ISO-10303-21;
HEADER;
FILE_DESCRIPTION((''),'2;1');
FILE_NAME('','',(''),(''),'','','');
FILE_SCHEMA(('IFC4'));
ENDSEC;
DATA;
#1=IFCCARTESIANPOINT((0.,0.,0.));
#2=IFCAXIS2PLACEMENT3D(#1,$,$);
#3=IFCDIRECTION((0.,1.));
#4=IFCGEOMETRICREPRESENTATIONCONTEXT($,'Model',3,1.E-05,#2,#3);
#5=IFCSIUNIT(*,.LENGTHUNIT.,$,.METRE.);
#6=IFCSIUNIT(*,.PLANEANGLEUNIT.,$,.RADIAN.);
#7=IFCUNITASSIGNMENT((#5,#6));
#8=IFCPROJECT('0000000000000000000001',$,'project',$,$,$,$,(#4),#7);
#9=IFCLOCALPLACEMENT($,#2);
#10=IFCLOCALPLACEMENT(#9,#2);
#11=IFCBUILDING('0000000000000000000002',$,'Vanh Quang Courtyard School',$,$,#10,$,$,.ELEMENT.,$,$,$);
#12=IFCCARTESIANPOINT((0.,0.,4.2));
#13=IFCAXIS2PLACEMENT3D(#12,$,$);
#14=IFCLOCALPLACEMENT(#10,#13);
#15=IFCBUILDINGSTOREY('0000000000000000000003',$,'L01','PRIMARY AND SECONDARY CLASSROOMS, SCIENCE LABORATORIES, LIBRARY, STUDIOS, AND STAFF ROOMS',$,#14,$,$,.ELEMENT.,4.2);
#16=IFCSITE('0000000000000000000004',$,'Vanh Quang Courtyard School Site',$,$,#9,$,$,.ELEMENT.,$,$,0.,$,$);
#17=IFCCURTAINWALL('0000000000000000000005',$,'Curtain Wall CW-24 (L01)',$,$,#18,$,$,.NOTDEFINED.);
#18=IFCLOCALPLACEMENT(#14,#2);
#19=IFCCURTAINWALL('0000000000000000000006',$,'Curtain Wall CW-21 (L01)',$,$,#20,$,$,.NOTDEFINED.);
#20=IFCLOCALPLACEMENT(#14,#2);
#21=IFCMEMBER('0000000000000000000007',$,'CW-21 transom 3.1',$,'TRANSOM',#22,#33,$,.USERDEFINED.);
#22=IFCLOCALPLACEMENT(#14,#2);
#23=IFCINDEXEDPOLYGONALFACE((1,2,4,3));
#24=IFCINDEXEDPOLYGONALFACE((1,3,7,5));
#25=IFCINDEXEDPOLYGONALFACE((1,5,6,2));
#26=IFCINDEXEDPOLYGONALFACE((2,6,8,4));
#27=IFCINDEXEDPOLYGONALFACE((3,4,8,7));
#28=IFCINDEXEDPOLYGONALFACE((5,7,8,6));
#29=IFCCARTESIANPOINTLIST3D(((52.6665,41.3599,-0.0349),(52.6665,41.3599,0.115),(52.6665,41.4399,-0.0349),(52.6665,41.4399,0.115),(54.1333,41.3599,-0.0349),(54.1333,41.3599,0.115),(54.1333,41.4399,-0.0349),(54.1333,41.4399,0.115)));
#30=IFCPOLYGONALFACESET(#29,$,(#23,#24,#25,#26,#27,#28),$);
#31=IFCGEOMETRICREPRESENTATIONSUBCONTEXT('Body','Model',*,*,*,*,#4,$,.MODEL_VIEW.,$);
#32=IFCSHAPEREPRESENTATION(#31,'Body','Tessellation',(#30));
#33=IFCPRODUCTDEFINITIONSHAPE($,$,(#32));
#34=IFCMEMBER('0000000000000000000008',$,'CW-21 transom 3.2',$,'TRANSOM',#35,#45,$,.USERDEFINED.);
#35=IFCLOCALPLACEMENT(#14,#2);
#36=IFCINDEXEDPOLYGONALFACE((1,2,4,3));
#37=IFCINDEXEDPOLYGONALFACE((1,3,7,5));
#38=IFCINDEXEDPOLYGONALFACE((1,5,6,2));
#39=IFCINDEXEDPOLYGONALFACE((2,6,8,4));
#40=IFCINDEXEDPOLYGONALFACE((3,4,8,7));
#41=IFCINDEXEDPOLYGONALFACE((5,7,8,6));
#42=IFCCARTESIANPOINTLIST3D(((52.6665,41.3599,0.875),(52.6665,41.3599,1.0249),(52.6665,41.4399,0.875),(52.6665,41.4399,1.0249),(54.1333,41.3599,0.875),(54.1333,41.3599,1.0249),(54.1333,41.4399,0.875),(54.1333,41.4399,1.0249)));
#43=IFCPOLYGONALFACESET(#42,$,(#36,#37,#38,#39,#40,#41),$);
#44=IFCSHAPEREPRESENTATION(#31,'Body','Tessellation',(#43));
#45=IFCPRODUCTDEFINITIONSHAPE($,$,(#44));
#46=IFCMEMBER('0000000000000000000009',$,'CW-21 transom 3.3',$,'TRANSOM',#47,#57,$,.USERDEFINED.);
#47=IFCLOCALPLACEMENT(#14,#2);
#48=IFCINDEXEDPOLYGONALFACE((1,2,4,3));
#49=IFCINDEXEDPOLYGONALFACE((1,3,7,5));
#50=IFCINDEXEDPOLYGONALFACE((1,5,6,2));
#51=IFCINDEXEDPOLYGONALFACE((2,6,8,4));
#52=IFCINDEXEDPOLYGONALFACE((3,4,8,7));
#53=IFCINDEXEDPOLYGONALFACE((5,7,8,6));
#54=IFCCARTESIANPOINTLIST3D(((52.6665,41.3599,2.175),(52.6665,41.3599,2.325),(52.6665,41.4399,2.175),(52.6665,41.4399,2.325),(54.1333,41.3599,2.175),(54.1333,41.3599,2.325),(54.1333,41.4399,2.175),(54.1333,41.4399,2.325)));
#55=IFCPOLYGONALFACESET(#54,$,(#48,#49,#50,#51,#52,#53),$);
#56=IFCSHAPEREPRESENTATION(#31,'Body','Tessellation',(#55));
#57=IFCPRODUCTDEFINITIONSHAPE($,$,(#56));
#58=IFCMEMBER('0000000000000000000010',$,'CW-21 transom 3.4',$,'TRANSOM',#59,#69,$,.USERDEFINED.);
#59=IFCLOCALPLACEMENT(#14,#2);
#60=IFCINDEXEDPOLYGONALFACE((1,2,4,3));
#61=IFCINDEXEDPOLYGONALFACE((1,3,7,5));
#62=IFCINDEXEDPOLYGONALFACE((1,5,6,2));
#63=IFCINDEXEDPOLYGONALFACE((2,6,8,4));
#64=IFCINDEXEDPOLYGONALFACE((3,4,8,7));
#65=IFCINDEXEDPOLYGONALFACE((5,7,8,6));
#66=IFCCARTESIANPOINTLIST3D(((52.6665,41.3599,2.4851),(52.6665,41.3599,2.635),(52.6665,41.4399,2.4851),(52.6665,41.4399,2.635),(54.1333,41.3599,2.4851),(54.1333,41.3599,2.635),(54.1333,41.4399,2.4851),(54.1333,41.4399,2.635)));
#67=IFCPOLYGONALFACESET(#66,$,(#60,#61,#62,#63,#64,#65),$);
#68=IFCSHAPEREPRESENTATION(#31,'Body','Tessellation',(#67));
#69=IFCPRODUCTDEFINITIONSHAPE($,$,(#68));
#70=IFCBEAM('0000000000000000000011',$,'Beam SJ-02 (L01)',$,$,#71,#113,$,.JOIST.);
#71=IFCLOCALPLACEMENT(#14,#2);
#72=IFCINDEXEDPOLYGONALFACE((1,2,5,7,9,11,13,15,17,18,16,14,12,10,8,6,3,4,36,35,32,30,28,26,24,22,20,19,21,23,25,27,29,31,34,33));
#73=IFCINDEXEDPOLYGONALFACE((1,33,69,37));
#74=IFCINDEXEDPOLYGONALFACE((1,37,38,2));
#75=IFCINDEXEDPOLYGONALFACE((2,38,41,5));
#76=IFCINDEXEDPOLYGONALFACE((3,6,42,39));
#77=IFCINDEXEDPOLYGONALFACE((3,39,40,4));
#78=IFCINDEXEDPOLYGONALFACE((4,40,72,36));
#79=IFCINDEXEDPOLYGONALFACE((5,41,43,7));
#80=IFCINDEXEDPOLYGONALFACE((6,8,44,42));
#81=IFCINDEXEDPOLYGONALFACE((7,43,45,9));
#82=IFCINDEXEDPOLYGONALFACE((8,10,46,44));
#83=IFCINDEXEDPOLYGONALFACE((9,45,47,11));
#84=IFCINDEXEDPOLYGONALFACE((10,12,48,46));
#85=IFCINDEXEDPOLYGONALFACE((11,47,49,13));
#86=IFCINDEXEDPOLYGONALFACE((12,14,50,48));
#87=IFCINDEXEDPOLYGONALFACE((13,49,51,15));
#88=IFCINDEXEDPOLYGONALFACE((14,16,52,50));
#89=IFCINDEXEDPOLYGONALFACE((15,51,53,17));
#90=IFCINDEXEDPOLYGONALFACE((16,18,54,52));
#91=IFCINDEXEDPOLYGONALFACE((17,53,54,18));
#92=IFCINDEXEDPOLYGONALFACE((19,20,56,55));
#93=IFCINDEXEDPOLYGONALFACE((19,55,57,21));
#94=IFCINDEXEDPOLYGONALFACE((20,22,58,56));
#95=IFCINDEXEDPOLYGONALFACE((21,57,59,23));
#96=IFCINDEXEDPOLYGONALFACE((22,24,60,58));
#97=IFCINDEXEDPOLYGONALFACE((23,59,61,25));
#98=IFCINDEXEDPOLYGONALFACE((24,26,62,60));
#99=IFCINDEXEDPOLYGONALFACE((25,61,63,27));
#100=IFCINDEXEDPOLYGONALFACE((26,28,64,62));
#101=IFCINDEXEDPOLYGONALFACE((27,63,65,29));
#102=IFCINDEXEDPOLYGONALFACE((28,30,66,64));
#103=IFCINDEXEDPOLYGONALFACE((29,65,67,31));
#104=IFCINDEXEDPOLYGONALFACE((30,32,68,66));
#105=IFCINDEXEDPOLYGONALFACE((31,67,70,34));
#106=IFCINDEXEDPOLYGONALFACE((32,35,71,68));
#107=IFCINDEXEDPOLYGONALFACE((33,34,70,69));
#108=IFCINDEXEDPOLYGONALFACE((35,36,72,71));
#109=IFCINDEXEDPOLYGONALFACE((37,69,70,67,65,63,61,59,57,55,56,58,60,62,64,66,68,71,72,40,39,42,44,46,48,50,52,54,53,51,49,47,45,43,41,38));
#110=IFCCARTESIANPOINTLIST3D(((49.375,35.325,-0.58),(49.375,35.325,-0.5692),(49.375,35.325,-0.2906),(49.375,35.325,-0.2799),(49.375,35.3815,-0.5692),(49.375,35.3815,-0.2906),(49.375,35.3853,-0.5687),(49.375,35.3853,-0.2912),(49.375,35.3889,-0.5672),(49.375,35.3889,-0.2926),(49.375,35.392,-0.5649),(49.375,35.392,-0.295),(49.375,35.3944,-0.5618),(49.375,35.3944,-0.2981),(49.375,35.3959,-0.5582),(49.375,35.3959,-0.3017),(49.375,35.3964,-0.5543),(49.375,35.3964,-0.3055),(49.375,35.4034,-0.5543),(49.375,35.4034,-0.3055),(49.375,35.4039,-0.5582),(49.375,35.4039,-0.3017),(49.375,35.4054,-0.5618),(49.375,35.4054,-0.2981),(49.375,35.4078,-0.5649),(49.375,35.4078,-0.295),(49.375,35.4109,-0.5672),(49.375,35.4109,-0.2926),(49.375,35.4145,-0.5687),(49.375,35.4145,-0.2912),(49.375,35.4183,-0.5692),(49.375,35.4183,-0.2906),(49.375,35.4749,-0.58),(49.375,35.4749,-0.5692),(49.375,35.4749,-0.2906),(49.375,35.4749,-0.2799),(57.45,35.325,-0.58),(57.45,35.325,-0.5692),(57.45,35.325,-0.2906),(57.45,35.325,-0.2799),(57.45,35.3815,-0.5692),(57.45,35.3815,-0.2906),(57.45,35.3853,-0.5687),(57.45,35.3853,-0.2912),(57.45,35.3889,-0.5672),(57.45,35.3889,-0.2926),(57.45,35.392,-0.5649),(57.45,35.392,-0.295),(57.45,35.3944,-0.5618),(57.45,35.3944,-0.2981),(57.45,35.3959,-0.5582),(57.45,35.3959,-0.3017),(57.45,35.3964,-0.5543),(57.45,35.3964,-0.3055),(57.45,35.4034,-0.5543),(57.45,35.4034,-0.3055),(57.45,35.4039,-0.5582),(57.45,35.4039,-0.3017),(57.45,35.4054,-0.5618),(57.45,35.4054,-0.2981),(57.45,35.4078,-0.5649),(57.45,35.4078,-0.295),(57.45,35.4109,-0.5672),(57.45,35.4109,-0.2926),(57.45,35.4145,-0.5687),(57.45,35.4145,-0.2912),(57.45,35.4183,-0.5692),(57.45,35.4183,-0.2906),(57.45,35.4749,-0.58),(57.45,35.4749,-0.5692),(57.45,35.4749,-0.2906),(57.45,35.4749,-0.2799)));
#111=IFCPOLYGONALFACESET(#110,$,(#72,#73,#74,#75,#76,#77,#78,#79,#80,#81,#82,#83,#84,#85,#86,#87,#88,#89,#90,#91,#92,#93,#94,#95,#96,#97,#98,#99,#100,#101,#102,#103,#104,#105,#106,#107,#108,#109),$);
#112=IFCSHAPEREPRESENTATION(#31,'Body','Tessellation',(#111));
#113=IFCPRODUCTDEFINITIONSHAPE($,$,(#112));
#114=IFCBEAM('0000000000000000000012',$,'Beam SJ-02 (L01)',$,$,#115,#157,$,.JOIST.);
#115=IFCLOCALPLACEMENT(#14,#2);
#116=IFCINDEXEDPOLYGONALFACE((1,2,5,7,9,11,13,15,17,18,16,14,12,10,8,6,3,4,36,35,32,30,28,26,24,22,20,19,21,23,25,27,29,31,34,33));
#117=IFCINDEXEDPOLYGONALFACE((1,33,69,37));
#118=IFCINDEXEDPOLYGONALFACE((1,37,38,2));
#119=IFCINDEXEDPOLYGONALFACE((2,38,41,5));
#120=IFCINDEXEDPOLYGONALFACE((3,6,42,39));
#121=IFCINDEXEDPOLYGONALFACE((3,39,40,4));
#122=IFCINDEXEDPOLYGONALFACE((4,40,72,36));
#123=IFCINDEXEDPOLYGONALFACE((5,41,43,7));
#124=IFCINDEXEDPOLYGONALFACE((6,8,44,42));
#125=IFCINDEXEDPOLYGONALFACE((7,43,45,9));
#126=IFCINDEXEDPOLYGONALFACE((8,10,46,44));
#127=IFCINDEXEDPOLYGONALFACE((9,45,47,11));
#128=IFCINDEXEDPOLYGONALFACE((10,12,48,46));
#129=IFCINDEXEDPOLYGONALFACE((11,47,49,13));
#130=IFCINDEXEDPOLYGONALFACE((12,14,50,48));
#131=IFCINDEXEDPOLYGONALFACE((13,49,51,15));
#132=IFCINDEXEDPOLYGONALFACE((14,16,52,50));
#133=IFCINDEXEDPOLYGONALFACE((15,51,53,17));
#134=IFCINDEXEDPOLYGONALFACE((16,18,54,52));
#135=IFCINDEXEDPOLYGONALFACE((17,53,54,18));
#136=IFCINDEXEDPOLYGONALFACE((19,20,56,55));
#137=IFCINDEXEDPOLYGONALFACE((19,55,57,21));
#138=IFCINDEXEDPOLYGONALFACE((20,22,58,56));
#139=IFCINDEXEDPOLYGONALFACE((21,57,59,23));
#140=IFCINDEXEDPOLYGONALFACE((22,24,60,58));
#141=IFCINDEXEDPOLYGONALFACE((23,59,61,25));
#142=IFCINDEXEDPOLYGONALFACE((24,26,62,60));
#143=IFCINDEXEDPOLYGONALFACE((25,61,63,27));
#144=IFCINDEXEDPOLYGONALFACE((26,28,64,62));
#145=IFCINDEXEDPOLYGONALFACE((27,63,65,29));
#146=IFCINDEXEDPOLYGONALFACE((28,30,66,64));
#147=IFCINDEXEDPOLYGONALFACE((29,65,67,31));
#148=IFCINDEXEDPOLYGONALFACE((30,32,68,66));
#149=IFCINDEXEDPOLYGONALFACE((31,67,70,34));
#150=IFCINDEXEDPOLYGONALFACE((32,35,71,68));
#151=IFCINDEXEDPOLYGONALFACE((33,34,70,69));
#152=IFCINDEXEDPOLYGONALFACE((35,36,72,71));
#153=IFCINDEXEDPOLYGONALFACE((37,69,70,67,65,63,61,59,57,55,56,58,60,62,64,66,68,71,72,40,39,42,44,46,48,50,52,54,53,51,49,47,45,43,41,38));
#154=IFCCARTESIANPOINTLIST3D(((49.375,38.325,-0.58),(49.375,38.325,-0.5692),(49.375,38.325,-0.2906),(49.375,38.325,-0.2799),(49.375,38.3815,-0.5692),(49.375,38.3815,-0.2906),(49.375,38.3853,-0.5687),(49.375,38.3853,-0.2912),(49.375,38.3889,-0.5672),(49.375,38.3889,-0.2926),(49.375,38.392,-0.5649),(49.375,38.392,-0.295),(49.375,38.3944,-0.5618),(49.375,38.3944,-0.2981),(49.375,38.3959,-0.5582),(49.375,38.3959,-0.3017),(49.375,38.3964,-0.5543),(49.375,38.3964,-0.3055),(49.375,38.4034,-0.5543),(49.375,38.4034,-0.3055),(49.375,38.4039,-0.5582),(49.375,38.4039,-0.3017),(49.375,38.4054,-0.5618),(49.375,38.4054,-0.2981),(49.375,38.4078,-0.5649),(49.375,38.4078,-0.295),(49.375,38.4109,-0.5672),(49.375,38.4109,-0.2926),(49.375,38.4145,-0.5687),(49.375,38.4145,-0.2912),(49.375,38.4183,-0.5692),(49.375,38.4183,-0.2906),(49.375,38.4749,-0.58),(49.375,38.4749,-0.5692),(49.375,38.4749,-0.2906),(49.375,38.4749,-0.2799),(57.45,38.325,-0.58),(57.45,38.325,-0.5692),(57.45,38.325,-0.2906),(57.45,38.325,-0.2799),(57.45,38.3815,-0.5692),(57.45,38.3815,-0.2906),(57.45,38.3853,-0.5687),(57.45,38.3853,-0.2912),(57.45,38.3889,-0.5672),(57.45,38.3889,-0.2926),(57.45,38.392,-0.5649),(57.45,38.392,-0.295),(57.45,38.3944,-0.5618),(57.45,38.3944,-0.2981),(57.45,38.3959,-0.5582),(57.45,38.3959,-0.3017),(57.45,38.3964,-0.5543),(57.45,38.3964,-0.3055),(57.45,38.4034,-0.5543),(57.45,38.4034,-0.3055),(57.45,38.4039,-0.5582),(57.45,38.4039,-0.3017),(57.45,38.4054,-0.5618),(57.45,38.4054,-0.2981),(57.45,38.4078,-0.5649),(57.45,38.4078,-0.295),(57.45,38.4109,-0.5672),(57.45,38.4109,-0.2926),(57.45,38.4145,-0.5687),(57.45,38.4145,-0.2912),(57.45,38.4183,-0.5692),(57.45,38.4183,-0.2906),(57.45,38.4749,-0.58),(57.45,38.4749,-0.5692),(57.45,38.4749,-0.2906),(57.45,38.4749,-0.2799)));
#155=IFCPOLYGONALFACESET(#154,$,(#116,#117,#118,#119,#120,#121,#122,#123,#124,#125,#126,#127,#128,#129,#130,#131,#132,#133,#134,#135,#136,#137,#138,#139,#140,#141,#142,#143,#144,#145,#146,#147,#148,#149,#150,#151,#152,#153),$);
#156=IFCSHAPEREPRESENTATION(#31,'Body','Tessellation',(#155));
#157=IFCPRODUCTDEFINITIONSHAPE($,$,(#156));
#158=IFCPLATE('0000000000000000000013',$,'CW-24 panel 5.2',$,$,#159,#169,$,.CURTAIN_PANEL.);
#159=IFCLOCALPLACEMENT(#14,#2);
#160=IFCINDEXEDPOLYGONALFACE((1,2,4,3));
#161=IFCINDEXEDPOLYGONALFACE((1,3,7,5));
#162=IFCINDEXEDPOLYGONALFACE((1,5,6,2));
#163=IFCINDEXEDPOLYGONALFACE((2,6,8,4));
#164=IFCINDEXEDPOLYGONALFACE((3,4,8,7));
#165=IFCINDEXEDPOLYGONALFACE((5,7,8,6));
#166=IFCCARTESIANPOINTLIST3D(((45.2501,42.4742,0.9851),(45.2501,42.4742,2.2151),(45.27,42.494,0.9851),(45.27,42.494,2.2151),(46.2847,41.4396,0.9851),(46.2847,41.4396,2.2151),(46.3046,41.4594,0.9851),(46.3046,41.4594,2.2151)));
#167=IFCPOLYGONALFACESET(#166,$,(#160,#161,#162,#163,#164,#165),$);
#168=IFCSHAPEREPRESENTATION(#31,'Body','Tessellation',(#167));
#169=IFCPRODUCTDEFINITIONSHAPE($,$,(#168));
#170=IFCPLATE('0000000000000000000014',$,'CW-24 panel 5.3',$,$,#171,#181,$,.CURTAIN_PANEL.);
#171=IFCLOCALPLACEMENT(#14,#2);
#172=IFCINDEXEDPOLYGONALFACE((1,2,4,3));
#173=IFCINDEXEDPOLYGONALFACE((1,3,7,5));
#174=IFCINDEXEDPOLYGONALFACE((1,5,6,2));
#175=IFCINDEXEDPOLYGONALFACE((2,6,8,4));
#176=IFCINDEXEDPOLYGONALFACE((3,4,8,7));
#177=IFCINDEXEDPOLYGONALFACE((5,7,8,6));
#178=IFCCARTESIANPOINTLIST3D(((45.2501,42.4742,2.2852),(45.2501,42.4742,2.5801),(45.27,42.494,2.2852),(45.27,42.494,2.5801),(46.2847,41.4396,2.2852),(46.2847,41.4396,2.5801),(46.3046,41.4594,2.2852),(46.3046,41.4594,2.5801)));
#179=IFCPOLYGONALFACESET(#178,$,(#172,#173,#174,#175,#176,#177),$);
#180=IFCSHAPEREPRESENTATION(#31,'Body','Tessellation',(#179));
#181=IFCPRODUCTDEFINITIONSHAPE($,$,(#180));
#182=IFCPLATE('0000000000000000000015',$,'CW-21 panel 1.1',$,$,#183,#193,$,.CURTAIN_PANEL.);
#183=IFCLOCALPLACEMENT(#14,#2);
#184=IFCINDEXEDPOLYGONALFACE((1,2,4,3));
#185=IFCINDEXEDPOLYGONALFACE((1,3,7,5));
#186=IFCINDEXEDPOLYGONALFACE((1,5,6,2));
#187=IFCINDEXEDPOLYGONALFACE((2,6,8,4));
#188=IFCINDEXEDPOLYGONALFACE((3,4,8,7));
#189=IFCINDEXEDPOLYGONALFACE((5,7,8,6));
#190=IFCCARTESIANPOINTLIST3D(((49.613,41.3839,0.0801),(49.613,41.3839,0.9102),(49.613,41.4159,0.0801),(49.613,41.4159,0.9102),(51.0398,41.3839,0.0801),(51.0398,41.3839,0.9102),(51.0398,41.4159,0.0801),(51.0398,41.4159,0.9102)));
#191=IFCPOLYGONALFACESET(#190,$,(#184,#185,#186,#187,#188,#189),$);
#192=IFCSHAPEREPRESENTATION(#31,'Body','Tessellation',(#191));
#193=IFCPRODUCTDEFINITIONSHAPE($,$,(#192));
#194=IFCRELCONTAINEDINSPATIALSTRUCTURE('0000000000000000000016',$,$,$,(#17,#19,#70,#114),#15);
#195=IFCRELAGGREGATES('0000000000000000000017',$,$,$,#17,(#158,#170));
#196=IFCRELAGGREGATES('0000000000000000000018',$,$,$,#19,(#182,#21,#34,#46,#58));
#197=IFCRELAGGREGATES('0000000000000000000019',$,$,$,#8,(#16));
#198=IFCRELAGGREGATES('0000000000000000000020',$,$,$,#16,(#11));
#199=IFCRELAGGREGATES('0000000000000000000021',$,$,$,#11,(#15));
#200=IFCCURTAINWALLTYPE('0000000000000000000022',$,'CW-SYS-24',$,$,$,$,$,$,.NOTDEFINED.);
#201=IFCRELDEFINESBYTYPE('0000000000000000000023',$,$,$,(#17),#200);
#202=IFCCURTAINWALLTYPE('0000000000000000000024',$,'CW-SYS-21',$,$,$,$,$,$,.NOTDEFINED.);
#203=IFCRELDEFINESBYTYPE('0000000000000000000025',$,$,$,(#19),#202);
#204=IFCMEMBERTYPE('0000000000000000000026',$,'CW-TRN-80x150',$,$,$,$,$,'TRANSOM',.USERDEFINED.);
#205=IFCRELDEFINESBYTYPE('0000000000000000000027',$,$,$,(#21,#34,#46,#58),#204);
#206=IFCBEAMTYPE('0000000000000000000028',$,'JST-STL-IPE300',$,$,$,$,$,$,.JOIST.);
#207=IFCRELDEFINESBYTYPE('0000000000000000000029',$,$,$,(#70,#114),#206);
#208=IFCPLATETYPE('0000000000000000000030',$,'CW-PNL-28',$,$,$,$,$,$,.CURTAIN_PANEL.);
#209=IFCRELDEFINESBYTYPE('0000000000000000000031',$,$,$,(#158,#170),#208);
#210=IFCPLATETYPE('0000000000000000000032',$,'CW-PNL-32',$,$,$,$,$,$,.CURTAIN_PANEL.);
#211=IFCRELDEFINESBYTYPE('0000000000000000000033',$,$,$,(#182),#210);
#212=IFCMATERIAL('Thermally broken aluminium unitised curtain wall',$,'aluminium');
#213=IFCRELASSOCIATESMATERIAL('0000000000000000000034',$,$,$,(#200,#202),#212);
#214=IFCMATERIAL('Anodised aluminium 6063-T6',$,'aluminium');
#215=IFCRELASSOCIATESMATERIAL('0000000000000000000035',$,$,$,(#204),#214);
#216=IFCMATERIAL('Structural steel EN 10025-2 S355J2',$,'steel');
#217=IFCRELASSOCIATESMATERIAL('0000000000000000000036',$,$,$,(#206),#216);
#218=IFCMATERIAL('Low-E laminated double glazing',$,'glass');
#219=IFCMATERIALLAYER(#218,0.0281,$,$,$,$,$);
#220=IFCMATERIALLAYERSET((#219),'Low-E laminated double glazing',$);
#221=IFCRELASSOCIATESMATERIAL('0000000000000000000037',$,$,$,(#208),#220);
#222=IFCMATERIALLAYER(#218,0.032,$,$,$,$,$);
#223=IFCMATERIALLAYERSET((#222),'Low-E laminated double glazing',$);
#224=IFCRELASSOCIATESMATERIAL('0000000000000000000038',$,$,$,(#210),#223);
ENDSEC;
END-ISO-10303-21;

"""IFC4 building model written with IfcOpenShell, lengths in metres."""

from ifc_helpers import new_model, si_unit, direction, frame, origin, origin_2d, place, context, subcontext, project, spatial, rectangle, i_section, extrude, material, layer, layer_set, material_profile, profile_set, type_object, element, aggregate, save


model = new_model("IFC4")

# Units and contexts
model_context = context("Model", 3, precision=1e-05, world=origin(), true_north=direction((0.0, 1.0)))
body_context = subcontext(model_context, "Body", "Model", "MODEL_VIEW")
ifc_project = project(units=[si_unit("LENGTHUNIT", "METRE"), si_unit("PLANEANGLEUNIT", "RADIAN")], contexts=[model_context])

# Site, building, storey
site_placement = place(None, origin())
site = spatial("IfcSite", under=ifc_project, at=site_placement, Name="Vanh Quang Courtyard School Site", CompositionType="ELEMENT", RefElevation=0.0)
building_placement = place(site_placement, origin())
building = spatial("IfcBuilding", under=site, at=building_placement, Name="Vanh Quang Courtyard School", CompositionType="ELEMENT")
storey_placement = place(building_placement, frame((0.0, 0.0, 4.2)))
storey = spatial("IfcBuildingStorey", under=building, at=storey_placement, Name="L01", Description="PRIMARY AND SECONDARY CLASSROOMS, SCIENCE LABORATORIES, LIBRARY, STUDIOS, AND STAFF ROOMS", CompositionType="ELEMENT", Elevation=4.2)

# Curtain wall
ifc_material_1 = material(Name="Thermally broken aluminium unitised curtain wall", Category="aluminium")
curtain_wall_type_1 = type_object("IfcCurtainWallType", Name="CW-SYS-24", PredefinedType="NOTDEFINED", material=ifc_material_1)
curtain_wall_1_placement = place(storey_placement, origin())
curtain_wall_1 = element("IfcCurtainWall", 1, at=curtain_wall_1_placement, inside=storey, type_object=curtain_wall_type_1, Name="Curtain Wall CW-24 (L01)", PredefinedType="NOTDEFINED")
ifc_material_2 = material(Name="Anodised aluminium 6063-T6", Category="aluminium")

# Curtain wall, members
curtain_wall_type_2 = type_object("IfcCurtainWallType", Name="CW-SYS-21", PredefinedType="NOTDEFINED", material=ifc_material_1)
curtain_wall_2_placement = place(storey_placement, origin())
curtain_wall_2 = element("IfcCurtainWall", 2, at=curtain_wall_2_placement, inside=storey, type_object=curtain_wall_type_2, Name="Curtain Wall CW-21 (L01)", PredefinedType="NOTDEFINED")
ifc_material_profile_1 = material_profile(ifc_material_2, rectangle(XDim=0.0801, YDim=0.1499, at=origin_2d()), Name="ALU-TRN 80x150")
ifc_profile_set_1 = profile_set([ifc_material_profile_1], Name="Anodised aluminium 6063-T6")
member_type_1 = type_object("IfcMemberType", Name="CW-TRN-80x150", ElementType="TRANSOM", PredefinedType="USERDEFINED", material=ifc_profile_set_1)
member_1_placement = place(storey_placement, frame((52.6665, 41.3999, 0.04), z_axis=(1.0, 0.0, 0.0), x_axis=(0.0, 1.0, 0.0)))
member_1 = element("IfcMember", 3, at=member_1_placement, type_object=member_type_1, Name="CW-21 transom 3.1", ObjectType="TRANSOM", PredefinedType="USERDEFINED", context=body_context, shape_type="SweptSolid", body=[
    extrude(rectangle(XDim=0.0801, YDim=0.1499, at=origin_2d()), origin(), (0.0, 0.0, 1.0), 1.4668),
])
member_2_placement = place(storey_placement, frame((52.6665, 41.3999, 0.95), z_axis=(1.0, 0.0, 0.0), x_axis=(0.0, 1.0, 0.0)))
member_2 = element("IfcMember", 4, at=member_2_placement, type_object=member_type_1, Name="CW-21 transom 3.2", ObjectType="TRANSOM", PredefinedType="USERDEFINED", context=body_context, shape_type="SweptSolid", body=[
    extrude(rectangle(XDim=0.0801, YDim=0.1499, at=origin_2d()), origin(), (0.0, 0.0, 1.0), 1.4668),
])
member_3_placement = place(storey_placement, frame((52.6665, 41.3999, 2.25), z_axis=(1.0, 0.0, 0.0), x_axis=(0.0, 1.0, 0.0)))
member_3 = element("IfcMember", 5, at=member_3_placement, type_object=member_type_1, Name="CW-21 transom 3.3", ObjectType="TRANSOM", PredefinedType="USERDEFINED", context=body_context, shape_type="SweptSolid", body=[
    extrude(rectangle(XDim=0.0801, YDim=0.1499, at=origin_2d()), origin(), (0.0, 0.0, 1.0), 1.4668),
])
member_4_placement = place(storey_placement, frame((52.6665, 41.3999, 2.5601), z_axis=(1.0, 0.0, 0.0), x_axis=(0.0, 1.0, 0.0)))
member_4 = element("IfcMember", 6, at=member_4_placement, type_object=member_type_1, Name="CW-21 transom 3.4", ObjectType="TRANSOM", PredefinedType="USERDEFINED", context=body_context, shape_type="SweptSolid", body=[
    extrude(rectangle(XDim=0.0801, YDim=0.1499, at=origin_2d()), origin(), (0.0, 0.0, 1.0), 1.4668),
])

# Beams
ifc_material_3 = material(Name="Structural steel EN 10025-2 S355J2", Category="steel")
ifc_material_profile_2 = material_profile(ifc_material_3, i_section(OverallWidth=0.1499, OverallDepth=0.3, WebThickness=0.0071, FlangeThickness=0.0107, FilletRadius=0.0149, at=origin_2d()), Name="IPE 300")
ifc_profile_set_2 = profile_set([ifc_material_profile_2], Name="Structural steel EN 10025-2 S355J2")
beam_type_1 = type_object("IfcBeamType", Name="JST-STL-IPE300", PredefinedType="JOIST", material=ifc_profile_set_2)
for number, where, z_axis, x_axis, name in (
    (7, (49.375, 35.3999, -0.4299), (1.0, 0.0, 0.0), (0.0, 1.0, 0.0), "Beam SJ-02 (L01)"),
    (8, (49.375, 38.3999, -0.4299), (1.0, 0.0, 0.0), (0.0, 1.0, 0.0), "Beam SJ-02 (L01)"),
):
    element("IfcBeam", number, at=place(storey_placement, frame(where, z_axis=z_axis, x_axis=x_axis)), inside=storey, type_object=beam_type_1, Name=name, PredefinedType="JOIST", context=body_context, shape_type="SweptSolid", body=[
        extrude(i_section(OverallWidth=0.1499, OverallDepth=0.3, WebThickness=0.0071, FlangeThickness=0.0107, FilletRadius=0.0149, at=origin_2d()), origin(), (0.0, 0.0, 1.0), 8.075),
    ])

# Plates
ifc_material_4 = material(Name="Low-E laminated double glazing", Category="glass")
ifc_layer_1 = layer(ifc_material_4, 0.0281)
ifc_layer_set_1 = layer_set([ifc_layer_1], Name="Low-E laminated double glazing")
plate_type_1 = type_object("IfcPlateType", Name="CW-PNL-28", PredefinedType="CURTAIN_PANEL", material=ifc_layer_set_1)
plate_1_placement = place(storey_placement, frame((45.7773, 41.9668, 0.9851), z_axis=(0.0, 0.0, 1.0), x_axis=(0.707107, -0.707107, 0.0)))
plate_1 = element("IfcPlate", 9, at=plate_1_placement, type_object=plate_type_1, Name="CW-24 panel 5.2", PredefinedType="CURTAIN_PANEL", context=body_context, shape_type="SweptSolid", body=[
    extrude(rectangle(XDim=1.4631, YDim=0.0281, at=origin_2d()), origin(), (0.0, 0.0, 1.0), 1.23),
])
plate_2_placement = place(storey_placement, frame((45.7773, 41.9668, 2.2852), z_axis=(0.0, 0.0, 1.0), x_axis=(0.707107, -0.707107, 0.0)))
plate_2 = element("IfcPlate", 10, at=plate_2_placement, type_object=plate_type_1, Name="CW-24 panel 5.3", PredefinedType="CURTAIN_PANEL", context=body_context, shape_type="SweptSolid", body=[
    extrude(rectangle(XDim=1.4631, YDim=0.0281, at=origin_2d()), origin(), (0.0, 0.0, 1.0), 0.2949),
])
aggregate(curtain_wall_1, [plate_1, plate_2])
ifc_layer_2 = layer(ifc_material_4, 0.032)
ifc_layer_set_2 = layer_set([ifc_layer_2], Name="Low-E laminated double glazing")
plate_type_2 = type_object("IfcPlateType", Name="CW-PNL-32", PredefinedType="CURTAIN_PANEL", material=ifc_layer_set_2)
plate_3_placement = place(storey_placement, frame((50.3264, 41.3999, 0.0801), z_axis=(0.0, 0.0, 1.0), x_axis=(1.0, 0.0, 0.0)))
plate_3 = element("IfcPlate", 11, at=plate_3_placement, type_object=plate_type_2, Name="CW-21 panel 1.1", PredefinedType="CURTAIN_PANEL", context=body_context, shape_type="SweptSolid", body=[
    extrude(rectangle(XDim=1.4268, YDim=0.032, at=origin_2d()), origin(), (0.0, 0.0, 1.0), 0.8301),
])
aggregate(curtain_wall_2, [plate_3, member_1, member_2, member_3, member_4])

save(model, "model.ifc")
